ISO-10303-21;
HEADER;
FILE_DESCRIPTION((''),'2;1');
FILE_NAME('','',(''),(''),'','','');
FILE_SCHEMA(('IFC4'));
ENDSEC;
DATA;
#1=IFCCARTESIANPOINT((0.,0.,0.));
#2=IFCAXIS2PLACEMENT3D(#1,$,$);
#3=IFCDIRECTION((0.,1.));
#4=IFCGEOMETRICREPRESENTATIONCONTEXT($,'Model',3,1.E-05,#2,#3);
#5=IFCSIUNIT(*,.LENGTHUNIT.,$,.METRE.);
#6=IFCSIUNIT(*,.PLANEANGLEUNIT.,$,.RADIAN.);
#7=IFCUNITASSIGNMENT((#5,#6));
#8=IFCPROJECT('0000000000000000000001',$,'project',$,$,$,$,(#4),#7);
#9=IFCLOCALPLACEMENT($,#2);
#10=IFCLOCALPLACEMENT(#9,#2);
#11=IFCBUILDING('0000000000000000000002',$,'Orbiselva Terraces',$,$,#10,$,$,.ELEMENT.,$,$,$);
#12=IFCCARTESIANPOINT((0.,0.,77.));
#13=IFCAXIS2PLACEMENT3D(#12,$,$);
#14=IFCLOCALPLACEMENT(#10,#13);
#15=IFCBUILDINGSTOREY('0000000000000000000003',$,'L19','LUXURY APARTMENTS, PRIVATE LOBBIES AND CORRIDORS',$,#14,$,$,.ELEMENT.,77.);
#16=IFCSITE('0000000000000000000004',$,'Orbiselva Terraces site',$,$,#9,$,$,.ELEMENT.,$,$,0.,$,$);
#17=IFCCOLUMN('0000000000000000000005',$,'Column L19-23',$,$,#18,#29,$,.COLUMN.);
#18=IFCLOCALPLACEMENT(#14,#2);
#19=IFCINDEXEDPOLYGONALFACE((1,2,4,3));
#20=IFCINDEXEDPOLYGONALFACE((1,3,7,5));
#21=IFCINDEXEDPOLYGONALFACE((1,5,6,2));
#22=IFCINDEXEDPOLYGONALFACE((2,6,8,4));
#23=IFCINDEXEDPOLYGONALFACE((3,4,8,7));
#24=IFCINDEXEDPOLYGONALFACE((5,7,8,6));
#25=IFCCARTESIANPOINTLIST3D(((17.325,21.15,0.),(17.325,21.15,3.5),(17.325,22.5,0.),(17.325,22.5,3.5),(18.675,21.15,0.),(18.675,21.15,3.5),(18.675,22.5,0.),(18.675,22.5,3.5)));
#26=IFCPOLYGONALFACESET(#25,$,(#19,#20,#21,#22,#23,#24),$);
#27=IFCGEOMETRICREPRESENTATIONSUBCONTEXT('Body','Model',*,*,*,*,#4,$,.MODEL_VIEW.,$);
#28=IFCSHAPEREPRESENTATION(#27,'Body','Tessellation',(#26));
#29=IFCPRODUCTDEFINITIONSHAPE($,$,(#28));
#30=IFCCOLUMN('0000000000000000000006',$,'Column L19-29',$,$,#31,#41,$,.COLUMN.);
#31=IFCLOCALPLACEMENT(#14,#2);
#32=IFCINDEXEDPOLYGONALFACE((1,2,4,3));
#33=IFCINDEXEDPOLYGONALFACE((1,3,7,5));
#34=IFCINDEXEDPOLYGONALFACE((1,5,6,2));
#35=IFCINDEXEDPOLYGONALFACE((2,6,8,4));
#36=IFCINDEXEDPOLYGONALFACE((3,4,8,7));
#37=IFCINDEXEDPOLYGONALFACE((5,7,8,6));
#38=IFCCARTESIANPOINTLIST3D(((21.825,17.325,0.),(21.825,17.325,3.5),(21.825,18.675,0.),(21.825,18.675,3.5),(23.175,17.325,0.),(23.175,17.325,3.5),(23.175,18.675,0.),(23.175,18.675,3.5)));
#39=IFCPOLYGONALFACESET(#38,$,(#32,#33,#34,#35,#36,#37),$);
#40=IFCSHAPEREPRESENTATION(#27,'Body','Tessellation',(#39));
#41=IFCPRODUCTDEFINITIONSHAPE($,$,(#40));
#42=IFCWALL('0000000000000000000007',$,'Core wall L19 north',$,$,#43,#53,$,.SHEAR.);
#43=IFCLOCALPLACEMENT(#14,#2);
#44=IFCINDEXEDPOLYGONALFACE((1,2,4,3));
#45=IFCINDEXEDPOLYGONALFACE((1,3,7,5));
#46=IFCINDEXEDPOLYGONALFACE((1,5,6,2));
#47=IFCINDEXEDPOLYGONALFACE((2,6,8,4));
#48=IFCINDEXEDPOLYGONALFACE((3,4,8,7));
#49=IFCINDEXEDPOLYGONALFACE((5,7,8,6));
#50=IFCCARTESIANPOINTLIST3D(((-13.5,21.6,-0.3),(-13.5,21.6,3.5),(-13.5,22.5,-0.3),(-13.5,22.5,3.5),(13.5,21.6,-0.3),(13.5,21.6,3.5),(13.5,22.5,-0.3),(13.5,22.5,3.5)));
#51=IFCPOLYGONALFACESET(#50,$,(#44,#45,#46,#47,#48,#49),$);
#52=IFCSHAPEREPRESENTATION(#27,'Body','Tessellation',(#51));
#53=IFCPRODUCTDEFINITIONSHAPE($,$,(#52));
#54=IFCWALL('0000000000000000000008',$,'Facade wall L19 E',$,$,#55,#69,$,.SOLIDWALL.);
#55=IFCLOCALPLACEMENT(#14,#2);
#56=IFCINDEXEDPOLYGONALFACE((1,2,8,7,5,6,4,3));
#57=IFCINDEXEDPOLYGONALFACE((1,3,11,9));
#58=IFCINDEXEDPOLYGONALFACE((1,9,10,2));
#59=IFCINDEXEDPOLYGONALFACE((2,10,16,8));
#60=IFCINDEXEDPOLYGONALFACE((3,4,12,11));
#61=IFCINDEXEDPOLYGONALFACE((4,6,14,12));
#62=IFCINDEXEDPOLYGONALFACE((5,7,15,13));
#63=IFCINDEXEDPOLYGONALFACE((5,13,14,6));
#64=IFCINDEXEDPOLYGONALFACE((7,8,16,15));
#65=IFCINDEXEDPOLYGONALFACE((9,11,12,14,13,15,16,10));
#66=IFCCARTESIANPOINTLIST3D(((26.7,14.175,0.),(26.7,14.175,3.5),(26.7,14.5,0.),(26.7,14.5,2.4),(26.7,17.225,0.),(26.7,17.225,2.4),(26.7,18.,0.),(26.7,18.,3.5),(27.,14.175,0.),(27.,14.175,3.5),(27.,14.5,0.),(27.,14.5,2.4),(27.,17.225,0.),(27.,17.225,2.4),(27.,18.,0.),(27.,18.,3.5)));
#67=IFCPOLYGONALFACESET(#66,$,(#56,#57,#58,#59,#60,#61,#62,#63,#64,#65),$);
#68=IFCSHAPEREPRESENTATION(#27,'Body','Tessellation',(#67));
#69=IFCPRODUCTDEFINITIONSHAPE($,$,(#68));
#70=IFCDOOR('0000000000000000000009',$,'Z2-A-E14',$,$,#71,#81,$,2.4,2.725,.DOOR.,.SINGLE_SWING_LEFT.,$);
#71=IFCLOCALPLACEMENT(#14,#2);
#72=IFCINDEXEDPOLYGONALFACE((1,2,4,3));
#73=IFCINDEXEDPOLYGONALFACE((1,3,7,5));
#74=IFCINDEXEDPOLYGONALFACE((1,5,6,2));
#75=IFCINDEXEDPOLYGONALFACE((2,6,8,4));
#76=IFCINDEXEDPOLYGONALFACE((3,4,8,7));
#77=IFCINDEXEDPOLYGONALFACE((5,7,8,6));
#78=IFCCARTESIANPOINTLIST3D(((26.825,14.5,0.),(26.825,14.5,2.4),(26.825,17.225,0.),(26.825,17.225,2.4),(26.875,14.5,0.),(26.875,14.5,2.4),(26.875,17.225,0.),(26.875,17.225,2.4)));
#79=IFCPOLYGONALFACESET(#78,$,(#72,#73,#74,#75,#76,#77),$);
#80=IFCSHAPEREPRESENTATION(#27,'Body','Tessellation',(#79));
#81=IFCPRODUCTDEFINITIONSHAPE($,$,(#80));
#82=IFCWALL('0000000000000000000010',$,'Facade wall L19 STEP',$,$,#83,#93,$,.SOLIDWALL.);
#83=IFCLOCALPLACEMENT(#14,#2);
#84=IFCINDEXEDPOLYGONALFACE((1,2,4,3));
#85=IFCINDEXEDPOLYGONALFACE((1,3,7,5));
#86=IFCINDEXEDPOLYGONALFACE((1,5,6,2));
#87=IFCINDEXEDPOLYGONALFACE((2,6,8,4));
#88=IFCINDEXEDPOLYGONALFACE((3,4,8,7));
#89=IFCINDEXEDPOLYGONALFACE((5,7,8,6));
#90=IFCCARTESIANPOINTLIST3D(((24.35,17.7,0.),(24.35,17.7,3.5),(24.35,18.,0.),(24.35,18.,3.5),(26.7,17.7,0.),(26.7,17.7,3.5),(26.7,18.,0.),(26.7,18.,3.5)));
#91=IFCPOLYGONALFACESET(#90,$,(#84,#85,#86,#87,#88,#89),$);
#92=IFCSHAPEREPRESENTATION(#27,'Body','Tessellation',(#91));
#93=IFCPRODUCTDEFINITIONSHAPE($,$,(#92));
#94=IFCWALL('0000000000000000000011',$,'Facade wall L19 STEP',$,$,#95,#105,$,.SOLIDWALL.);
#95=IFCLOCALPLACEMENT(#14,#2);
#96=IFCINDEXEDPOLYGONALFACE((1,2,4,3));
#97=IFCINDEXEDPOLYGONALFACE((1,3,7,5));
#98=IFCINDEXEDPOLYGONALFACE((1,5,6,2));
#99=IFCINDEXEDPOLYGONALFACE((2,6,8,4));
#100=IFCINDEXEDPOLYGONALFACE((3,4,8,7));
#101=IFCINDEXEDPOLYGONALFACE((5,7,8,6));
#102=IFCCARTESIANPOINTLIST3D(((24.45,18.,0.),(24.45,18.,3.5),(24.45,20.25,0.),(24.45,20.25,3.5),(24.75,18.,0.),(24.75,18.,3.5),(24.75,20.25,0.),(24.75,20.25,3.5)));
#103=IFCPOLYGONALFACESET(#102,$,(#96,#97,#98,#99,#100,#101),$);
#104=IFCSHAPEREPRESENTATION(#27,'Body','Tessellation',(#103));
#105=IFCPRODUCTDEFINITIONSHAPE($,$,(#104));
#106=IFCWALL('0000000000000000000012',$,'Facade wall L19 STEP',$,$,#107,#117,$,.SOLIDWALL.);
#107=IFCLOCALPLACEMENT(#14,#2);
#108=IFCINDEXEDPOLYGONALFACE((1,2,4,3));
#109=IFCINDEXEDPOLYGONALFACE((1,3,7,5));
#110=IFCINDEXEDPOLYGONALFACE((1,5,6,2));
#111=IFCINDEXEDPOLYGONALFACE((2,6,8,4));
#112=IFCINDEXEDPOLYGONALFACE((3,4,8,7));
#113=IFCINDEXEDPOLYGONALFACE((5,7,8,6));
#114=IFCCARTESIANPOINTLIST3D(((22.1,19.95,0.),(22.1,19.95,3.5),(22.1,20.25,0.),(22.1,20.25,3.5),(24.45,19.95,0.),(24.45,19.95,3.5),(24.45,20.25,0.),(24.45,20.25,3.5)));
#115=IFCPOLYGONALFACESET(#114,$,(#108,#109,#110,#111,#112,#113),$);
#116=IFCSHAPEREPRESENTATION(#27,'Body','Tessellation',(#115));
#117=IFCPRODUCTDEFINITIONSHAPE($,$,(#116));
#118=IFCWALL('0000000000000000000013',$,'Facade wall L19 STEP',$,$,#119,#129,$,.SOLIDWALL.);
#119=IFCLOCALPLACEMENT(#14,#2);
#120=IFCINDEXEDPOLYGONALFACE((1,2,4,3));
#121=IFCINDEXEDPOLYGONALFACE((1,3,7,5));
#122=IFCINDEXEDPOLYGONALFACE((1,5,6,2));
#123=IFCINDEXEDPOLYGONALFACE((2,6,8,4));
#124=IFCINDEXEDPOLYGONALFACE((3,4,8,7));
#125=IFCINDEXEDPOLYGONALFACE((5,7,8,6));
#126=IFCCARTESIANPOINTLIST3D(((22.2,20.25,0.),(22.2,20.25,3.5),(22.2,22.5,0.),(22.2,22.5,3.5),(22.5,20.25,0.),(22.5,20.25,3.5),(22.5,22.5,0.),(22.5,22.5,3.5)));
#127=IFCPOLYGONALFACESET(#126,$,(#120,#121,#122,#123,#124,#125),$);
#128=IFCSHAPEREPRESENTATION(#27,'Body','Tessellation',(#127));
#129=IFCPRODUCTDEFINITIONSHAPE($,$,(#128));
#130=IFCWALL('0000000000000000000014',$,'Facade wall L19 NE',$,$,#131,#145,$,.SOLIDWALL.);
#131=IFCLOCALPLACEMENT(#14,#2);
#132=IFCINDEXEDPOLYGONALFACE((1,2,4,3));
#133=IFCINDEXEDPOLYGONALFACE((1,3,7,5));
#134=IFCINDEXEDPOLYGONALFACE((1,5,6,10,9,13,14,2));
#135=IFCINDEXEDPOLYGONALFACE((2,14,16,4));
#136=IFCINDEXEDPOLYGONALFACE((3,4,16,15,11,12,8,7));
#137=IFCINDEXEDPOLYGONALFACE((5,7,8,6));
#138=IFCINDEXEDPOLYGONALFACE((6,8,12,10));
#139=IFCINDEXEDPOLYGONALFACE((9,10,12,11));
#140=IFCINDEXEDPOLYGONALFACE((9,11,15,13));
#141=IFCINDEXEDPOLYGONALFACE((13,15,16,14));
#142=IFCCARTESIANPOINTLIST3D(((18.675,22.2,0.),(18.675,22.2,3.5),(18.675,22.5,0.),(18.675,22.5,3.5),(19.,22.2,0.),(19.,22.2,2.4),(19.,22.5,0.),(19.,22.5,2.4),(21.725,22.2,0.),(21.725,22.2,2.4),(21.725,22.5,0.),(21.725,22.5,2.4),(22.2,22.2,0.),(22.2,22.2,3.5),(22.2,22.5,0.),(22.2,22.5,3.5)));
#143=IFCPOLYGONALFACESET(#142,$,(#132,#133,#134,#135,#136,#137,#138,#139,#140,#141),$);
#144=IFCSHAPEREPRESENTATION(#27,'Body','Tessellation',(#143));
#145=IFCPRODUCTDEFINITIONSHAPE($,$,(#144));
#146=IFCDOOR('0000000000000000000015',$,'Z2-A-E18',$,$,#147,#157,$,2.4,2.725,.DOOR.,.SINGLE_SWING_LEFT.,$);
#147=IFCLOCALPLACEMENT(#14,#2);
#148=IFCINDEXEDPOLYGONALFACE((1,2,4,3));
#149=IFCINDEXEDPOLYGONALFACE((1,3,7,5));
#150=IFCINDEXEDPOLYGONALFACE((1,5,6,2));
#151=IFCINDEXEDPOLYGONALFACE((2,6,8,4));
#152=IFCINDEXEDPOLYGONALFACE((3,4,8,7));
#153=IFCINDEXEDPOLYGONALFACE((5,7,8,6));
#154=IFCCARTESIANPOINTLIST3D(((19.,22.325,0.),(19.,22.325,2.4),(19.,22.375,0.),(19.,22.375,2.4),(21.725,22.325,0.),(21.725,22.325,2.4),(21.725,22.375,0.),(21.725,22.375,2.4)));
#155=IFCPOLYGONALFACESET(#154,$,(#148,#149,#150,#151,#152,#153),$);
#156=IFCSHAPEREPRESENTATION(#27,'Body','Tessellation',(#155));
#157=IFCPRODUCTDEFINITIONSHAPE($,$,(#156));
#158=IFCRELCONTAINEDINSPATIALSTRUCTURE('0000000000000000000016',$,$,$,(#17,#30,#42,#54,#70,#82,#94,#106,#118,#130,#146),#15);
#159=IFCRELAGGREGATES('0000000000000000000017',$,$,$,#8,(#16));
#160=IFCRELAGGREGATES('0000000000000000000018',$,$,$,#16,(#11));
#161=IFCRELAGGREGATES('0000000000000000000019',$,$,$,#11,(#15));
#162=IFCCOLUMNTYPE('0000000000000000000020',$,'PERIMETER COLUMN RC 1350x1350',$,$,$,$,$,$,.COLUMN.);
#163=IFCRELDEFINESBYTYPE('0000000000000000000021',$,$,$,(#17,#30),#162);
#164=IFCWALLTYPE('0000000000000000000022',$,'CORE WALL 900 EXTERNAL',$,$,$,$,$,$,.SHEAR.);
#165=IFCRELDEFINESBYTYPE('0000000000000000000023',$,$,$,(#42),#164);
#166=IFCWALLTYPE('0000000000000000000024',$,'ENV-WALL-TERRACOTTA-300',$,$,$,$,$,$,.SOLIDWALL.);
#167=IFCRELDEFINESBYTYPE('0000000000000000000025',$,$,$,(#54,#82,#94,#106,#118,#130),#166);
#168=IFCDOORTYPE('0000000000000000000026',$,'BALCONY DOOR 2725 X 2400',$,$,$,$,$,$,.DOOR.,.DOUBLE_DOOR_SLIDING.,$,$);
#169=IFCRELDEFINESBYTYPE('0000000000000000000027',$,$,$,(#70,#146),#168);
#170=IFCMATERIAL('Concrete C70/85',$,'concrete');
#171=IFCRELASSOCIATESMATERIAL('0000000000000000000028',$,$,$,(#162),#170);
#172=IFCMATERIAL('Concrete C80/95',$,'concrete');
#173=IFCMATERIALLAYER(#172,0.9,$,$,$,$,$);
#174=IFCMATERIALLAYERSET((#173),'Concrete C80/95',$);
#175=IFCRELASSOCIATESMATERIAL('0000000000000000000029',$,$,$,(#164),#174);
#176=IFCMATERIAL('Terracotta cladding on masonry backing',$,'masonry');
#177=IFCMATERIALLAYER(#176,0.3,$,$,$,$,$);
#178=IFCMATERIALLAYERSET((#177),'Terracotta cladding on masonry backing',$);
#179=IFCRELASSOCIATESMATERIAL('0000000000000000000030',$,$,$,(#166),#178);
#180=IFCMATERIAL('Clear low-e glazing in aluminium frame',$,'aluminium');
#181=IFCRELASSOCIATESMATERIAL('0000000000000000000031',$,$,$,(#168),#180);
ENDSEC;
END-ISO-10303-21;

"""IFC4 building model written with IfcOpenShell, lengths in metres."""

from ifc_helpers import new_model, si_unit, direction, frame, frame_2d, origin, origin_2d, place, context, subcontext, project, spatial, rectangle, extrude, material, layer, layer_set, material_profile, profile_set, type_object, element, fill, save


model = new_model("IFC4")

# Units and contexts
model_context = context("Model", 3, precision=1e-05, world=origin(), true_north=direction((0.0, 1.0)))
body_context = subcontext(model_context, "Body", "Model", "MODEL_VIEW")
ifc_project = project(units=[si_unit("LENGTHUNIT", "METRE"), si_unit("PLANEANGLEUNIT", "RADIAN")], contexts=[model_context])

# Site, building, storey
site_placement = place(None, origin())
site = spatial("IfcSite", under=ifc_project, at=site_placement, Name="Orbiselva Terraces site", CompositionType="ELEMENT", RefElevation=0.0)
building_placement = place(site_placement, origin())
building = spatial("IfcBuilding", under=site, at=building_placement, Name="Orbiselva Terraces", CompositionType="ELEMENT")
storey_placement = place(building_placement, frame((0.0, 0.0, 77.0)))
storey = spatial("IfcBuildingStorey", under=building, at=storey_placement, Name="L19", Description="LUXURY APARTMENTS, PRIVATE LOBBIES AND CORRIDORS", CompositionType="ELEMENT", Elevation=77.0)

# Columns
ifc_material_1 = material(Name="Concrete C70/85", Category="concrete")
ifc_material_profile = material_profile(ifc_material_1, rectangle(XDim=1.35, YDim=1.35, at=origin_2d()), Name="RC 1350x1350")
ifc_profile_set = profile_set([ifc_material_profile], Name="Concrete C70/85")
column_type = type_object("IfcColumnType", Name="PERIMETER COLUMN RC 1350x1350", PredefinedType="COLUMN", material=ifc_profile_set)
for number, where, z_axis, x_axis, name in (
    (1, (18.0, 21.825, 0.0), (0.0, 0.0, 1.0), (1.0, 0.0, 0.0), "Column L19-23"),
    (2, (22.5, 18.0, 0.0), (0.0, 0.0, 1.0), (1.0, 0.0, 0.0), "Column L19-29"),
):
    element("IfcColumn", number, at=place(storey_placement, frame(where, z_axis=z_axis, x_axis=x_axis)), inside=storey, type_object=column_type, Name=name, PredefinedType="COLUMN", context=body_context, shape_type="SweptSolid", body=[
        extrude(rectangle(XDim=1.35, YDim=1.35, at=origin_2d()), origin(), (0.0, 0.0, 1.0), 3.5),
    ])

# Wall
ifc_material_2 = material(Name="Concrete C80/95", Category="concrete")
ifc_layer_1 = layer(ifc_material_2, 0.9)
ifc_layer_set_1 = layer_set([ifc_layer_1], Name="Concrete C80/95")
wall_type_1 = type_object("IfcWallType", Name="CORE WALL 900 EXTERNAL", PredefinedType="SHEAR", material=ifc_layer_set_1)
wall_1_placement = place(storey_placement, frame((13.5, 22.05, -0.3), z_axis=(0.0, 0.0, 1.0), x_axis=(-1.0, 0.0, 0.0)))
element("IfcWall", 3, at=wall_1_placement, inside=storey, type_object=wall_type_1, Name="Core wall L19 north", PredefinedType="SHEAR", context=body_context, shape_type="SweptSolid", body=[
    extrude(rectangle(XDim=27.0, YDim=0.9, at=frame_2d((13.5, 0.0))), origin(), (0.0, 0.0, 1.0), 3.8),
])

# Wall, opening, door
ifc_material_3 = material(Name="Terracotta cladding on masonry backing", Category="masonry")
ifc_layer_2 = layer(ifc_material_3, 0.3)
ifc_layer_set_2 = layer_set([ifc_layer_2], Name="Terracotta cladding on masonry backing")
wall_type_2 = type_object("IfcWallType", Name="ENV-WALL-TERRACOTTA-300", PredefinedType="SOLIDWALL", material=ifc_layer_set_2)
wall_2_placement = place(storey_placement, frame((26.85, 18.0, 0.0), z_axis=(0.0, 0.0, 1.0), x_axis=(0.0, -1.0, 0.0)))
wall_2 = element("IfcWall", 4, at=wall_2_placement, inside=storey, type_object=wall_type_2, Name="Facade wall L19 E", PredefinedType="SOLIDWALL", context=body_context, shape_type="SweptSolid", body=[
    extrude(rectangle(XDim=3.825, YDim=0.3, at=frame_2d((1.9125, 0.0))), origin(), (0.0, 0.0, 1.0), 3.5),
])
opening_1_placement = place(wall_2_placement, frame((0.775, 0.0, 0.0)))
opening_1 = element("IfcOpeningElement", 5, at=opening_1_placement, cuts=wall_2, PredefinedType="OPENING", context=body_context, shape_type="SweptSolid", body=[
    extrude(rectangle(XDim=2.725, YDim=2.4, at=frame_2d((1.3625, 1.2))), frame((0.0, 0.16, 0.0), z_axis=(0.0, -1.0, 0.0), x_axis=(1.0, 0.0, 0.0)), (0.0, 0.0, 1.0), 0.32),
])
ifc_material_4 = material(Name="Clear low-e glazing in aluminium frame", Category="aluminium")
door_type_1 = type_object("IfcDoorType", Name="BALCONY DOOR 2725 X 2400", OperationType="DOUBLE_DOOR_SLIDING", PredefinedType="DOOR", material=ifc_material_4)
door_1_placement = place(opening_1_placement, origin())
door_1 = element("IfcDoor", 6, at=door_1_placement, inside=storey, type_object=door_type_1, Name="Z2-A-E14", OperationType="SINGLE_SWING_LEFT", OverallHeight=2.4, OverallWidth=2.725, PredefinedType="DOOR", context=body_context, shape_type="SweptSolid", body=[
    extrude(rectangle(XDim=2.725, YDim=2.4, at=frame_2d((1.3625, 1.2))), frame((0.0, 0.025, 0.0), z_axis=(0.0, -1.0, 0.0), x_axis=(1.0, 0.0, 0.0)), (0.0, 0.0, 1.0), 0.05),
])
fill(opening_1, door_1)

# Walls
wall_3_placement = place(storey_placement, frame((24.35, 17.85, 0.0), z_axis=(0.0, 0.0, 1.0), x_axis=(1.0, 0.0, 0.0)))
element("IfcWall", 7, at=wall_3_placement, inside=storey, type_object=wall_type_2, Name="Facade wall L19 STEP", PredefinedType="SOLIDWALL", context=body_context, shape_type="SweptSolid", body=[
    extrude(rectangle(XDim=2.35, YDim=0.3, at=frame_2d((1.175, 0.0))), origin(), (0.0, 0.0, 1.0), 3.5),
])
wall_4_placement = place(storey_placement, frame((24.6, 20.25, 0.0), z_axis=(0.0, 0.0, 1.0), x_axis=(0.0, -1.0, 0.0)))
element("IfcWall", 8, at=wall_4_placement, inside=storey, type_object=wall_type_2, Name="Facade wall L19 STEP", PredefinedType="SOLIDWALL", context=body_context, shape_type="SweptSolid", body=[
    extrude(rectangle(XDim=2.25, YDim=0.3, at=frame_2d((1.125, 0.0))), origin(), (0.0, 0.0, 1.0), 3.5),
])
wall_5_placement = place(storey_placement, frame((22.1, 20.1, 0.0), z_axis=(0.0, 0.0, 1.0), x_axis=(1.0, 0.0, 0.0)))
element("IfcWall", 9, at=wall_5_placement, inside=storey, type_object=wall_type_2, Name="Facade wall L19 STEP", PredefinedType="SOLIDWALL", context=body_context, shape_type="SweptSolid", body=[
    extrude(rectangle(XDim=2.35, YDim=0.3, at=frame_2d((1.175, 0.0))), origin(), (0.0, 0.0, 1.0), 3.5),
])
wall_6_placement = place(storey_placement, frame((22.35, 22.5, 0.0), z_axis=(0.0, 0.0, 1.0), x_axis=(0.0, -1.0, 0.0)))
element("IfcWall", 10, at=wall_6_placement, inside=storey, type_object=wall_type_2, Name="Facade wall L19 STEP", PredefinedType="SOLIDWALL", context=body_context, shape_type="SweptSolid", body=[
    extrude(rectangle(XDim=2.25, YDim=0.3, at=frame_2d((1.125, 0.0))), origin(), (0.0, 0.0, 1.0), 3.5),
])

# Wall, opening, door
wall_7_placement = place(storey_placement, frame((18.675, 22.35, 0.0), z_axis=(0.0, 0.0, 1.0), x_axis=(1.0, 0.0, 0.0)))
wall_7 = element("IfcWall", 11, at=wall_7_placement, inside=storey, type_object=wall_type_2, Name="Facade wall L19 NE", PredefinedType="SOLIDWALL", context=body_context, shape_type="SweptSolid", body=[
    extrude(rectangle(XDim=3.525, YDim=0.3, at=frame_2d((1.7625, 0.0))), origin(), (0.0, 0.0, 1.0), 3.5),
])
opening_2_placement = place(wall_7_placement, frame((0.325, 0.0, 0.0)))
opening_2 = element("IfcOpeningElement", 12, at=opening_2_placement, cuts=wall_7, PredefinedType="OPENING", context=body_context, shape_type="SweptSolid", body=[
    extrude(rectangle(XDim=2.725, YDim=2.4, at=frame_2d((1.3625, 1.2))), frame((0.0, 0.16, 0.0), z_axis=(0.0, -1.0, 0.0), x_axis=(1.0, 0.0, 0.0)), (0.0, 0.0, 1.0), 0.32),
])
door_2_placement = place(opening_2_placement, origin())
door_2 = element("IfcDoor", 13, at=door_2_placement, inside=storey, type_object=door_type_1, Name="Z2-A-E18", OperationType="SINGLE_SWING_LEFT", OverallHeight=2.4, OverallWidth=2.725, PredefinedType="DOOR", context=body_context, shape_type="SweptSolid", body=[
    extrude(rectangle(XDim=2.725, YDim=2.4, at=frame_2d((1.3625, 1.2))), frame((0.0, 0.025, 0.0), z_axis=(0.0, -1.0, 0.0), x_axis=(1.0, 0.0, 0.0)), (0.0, 0.0, 1.0), 0.05),
])
fill(opening_2, door_2)

save(model, "model.ifc")
